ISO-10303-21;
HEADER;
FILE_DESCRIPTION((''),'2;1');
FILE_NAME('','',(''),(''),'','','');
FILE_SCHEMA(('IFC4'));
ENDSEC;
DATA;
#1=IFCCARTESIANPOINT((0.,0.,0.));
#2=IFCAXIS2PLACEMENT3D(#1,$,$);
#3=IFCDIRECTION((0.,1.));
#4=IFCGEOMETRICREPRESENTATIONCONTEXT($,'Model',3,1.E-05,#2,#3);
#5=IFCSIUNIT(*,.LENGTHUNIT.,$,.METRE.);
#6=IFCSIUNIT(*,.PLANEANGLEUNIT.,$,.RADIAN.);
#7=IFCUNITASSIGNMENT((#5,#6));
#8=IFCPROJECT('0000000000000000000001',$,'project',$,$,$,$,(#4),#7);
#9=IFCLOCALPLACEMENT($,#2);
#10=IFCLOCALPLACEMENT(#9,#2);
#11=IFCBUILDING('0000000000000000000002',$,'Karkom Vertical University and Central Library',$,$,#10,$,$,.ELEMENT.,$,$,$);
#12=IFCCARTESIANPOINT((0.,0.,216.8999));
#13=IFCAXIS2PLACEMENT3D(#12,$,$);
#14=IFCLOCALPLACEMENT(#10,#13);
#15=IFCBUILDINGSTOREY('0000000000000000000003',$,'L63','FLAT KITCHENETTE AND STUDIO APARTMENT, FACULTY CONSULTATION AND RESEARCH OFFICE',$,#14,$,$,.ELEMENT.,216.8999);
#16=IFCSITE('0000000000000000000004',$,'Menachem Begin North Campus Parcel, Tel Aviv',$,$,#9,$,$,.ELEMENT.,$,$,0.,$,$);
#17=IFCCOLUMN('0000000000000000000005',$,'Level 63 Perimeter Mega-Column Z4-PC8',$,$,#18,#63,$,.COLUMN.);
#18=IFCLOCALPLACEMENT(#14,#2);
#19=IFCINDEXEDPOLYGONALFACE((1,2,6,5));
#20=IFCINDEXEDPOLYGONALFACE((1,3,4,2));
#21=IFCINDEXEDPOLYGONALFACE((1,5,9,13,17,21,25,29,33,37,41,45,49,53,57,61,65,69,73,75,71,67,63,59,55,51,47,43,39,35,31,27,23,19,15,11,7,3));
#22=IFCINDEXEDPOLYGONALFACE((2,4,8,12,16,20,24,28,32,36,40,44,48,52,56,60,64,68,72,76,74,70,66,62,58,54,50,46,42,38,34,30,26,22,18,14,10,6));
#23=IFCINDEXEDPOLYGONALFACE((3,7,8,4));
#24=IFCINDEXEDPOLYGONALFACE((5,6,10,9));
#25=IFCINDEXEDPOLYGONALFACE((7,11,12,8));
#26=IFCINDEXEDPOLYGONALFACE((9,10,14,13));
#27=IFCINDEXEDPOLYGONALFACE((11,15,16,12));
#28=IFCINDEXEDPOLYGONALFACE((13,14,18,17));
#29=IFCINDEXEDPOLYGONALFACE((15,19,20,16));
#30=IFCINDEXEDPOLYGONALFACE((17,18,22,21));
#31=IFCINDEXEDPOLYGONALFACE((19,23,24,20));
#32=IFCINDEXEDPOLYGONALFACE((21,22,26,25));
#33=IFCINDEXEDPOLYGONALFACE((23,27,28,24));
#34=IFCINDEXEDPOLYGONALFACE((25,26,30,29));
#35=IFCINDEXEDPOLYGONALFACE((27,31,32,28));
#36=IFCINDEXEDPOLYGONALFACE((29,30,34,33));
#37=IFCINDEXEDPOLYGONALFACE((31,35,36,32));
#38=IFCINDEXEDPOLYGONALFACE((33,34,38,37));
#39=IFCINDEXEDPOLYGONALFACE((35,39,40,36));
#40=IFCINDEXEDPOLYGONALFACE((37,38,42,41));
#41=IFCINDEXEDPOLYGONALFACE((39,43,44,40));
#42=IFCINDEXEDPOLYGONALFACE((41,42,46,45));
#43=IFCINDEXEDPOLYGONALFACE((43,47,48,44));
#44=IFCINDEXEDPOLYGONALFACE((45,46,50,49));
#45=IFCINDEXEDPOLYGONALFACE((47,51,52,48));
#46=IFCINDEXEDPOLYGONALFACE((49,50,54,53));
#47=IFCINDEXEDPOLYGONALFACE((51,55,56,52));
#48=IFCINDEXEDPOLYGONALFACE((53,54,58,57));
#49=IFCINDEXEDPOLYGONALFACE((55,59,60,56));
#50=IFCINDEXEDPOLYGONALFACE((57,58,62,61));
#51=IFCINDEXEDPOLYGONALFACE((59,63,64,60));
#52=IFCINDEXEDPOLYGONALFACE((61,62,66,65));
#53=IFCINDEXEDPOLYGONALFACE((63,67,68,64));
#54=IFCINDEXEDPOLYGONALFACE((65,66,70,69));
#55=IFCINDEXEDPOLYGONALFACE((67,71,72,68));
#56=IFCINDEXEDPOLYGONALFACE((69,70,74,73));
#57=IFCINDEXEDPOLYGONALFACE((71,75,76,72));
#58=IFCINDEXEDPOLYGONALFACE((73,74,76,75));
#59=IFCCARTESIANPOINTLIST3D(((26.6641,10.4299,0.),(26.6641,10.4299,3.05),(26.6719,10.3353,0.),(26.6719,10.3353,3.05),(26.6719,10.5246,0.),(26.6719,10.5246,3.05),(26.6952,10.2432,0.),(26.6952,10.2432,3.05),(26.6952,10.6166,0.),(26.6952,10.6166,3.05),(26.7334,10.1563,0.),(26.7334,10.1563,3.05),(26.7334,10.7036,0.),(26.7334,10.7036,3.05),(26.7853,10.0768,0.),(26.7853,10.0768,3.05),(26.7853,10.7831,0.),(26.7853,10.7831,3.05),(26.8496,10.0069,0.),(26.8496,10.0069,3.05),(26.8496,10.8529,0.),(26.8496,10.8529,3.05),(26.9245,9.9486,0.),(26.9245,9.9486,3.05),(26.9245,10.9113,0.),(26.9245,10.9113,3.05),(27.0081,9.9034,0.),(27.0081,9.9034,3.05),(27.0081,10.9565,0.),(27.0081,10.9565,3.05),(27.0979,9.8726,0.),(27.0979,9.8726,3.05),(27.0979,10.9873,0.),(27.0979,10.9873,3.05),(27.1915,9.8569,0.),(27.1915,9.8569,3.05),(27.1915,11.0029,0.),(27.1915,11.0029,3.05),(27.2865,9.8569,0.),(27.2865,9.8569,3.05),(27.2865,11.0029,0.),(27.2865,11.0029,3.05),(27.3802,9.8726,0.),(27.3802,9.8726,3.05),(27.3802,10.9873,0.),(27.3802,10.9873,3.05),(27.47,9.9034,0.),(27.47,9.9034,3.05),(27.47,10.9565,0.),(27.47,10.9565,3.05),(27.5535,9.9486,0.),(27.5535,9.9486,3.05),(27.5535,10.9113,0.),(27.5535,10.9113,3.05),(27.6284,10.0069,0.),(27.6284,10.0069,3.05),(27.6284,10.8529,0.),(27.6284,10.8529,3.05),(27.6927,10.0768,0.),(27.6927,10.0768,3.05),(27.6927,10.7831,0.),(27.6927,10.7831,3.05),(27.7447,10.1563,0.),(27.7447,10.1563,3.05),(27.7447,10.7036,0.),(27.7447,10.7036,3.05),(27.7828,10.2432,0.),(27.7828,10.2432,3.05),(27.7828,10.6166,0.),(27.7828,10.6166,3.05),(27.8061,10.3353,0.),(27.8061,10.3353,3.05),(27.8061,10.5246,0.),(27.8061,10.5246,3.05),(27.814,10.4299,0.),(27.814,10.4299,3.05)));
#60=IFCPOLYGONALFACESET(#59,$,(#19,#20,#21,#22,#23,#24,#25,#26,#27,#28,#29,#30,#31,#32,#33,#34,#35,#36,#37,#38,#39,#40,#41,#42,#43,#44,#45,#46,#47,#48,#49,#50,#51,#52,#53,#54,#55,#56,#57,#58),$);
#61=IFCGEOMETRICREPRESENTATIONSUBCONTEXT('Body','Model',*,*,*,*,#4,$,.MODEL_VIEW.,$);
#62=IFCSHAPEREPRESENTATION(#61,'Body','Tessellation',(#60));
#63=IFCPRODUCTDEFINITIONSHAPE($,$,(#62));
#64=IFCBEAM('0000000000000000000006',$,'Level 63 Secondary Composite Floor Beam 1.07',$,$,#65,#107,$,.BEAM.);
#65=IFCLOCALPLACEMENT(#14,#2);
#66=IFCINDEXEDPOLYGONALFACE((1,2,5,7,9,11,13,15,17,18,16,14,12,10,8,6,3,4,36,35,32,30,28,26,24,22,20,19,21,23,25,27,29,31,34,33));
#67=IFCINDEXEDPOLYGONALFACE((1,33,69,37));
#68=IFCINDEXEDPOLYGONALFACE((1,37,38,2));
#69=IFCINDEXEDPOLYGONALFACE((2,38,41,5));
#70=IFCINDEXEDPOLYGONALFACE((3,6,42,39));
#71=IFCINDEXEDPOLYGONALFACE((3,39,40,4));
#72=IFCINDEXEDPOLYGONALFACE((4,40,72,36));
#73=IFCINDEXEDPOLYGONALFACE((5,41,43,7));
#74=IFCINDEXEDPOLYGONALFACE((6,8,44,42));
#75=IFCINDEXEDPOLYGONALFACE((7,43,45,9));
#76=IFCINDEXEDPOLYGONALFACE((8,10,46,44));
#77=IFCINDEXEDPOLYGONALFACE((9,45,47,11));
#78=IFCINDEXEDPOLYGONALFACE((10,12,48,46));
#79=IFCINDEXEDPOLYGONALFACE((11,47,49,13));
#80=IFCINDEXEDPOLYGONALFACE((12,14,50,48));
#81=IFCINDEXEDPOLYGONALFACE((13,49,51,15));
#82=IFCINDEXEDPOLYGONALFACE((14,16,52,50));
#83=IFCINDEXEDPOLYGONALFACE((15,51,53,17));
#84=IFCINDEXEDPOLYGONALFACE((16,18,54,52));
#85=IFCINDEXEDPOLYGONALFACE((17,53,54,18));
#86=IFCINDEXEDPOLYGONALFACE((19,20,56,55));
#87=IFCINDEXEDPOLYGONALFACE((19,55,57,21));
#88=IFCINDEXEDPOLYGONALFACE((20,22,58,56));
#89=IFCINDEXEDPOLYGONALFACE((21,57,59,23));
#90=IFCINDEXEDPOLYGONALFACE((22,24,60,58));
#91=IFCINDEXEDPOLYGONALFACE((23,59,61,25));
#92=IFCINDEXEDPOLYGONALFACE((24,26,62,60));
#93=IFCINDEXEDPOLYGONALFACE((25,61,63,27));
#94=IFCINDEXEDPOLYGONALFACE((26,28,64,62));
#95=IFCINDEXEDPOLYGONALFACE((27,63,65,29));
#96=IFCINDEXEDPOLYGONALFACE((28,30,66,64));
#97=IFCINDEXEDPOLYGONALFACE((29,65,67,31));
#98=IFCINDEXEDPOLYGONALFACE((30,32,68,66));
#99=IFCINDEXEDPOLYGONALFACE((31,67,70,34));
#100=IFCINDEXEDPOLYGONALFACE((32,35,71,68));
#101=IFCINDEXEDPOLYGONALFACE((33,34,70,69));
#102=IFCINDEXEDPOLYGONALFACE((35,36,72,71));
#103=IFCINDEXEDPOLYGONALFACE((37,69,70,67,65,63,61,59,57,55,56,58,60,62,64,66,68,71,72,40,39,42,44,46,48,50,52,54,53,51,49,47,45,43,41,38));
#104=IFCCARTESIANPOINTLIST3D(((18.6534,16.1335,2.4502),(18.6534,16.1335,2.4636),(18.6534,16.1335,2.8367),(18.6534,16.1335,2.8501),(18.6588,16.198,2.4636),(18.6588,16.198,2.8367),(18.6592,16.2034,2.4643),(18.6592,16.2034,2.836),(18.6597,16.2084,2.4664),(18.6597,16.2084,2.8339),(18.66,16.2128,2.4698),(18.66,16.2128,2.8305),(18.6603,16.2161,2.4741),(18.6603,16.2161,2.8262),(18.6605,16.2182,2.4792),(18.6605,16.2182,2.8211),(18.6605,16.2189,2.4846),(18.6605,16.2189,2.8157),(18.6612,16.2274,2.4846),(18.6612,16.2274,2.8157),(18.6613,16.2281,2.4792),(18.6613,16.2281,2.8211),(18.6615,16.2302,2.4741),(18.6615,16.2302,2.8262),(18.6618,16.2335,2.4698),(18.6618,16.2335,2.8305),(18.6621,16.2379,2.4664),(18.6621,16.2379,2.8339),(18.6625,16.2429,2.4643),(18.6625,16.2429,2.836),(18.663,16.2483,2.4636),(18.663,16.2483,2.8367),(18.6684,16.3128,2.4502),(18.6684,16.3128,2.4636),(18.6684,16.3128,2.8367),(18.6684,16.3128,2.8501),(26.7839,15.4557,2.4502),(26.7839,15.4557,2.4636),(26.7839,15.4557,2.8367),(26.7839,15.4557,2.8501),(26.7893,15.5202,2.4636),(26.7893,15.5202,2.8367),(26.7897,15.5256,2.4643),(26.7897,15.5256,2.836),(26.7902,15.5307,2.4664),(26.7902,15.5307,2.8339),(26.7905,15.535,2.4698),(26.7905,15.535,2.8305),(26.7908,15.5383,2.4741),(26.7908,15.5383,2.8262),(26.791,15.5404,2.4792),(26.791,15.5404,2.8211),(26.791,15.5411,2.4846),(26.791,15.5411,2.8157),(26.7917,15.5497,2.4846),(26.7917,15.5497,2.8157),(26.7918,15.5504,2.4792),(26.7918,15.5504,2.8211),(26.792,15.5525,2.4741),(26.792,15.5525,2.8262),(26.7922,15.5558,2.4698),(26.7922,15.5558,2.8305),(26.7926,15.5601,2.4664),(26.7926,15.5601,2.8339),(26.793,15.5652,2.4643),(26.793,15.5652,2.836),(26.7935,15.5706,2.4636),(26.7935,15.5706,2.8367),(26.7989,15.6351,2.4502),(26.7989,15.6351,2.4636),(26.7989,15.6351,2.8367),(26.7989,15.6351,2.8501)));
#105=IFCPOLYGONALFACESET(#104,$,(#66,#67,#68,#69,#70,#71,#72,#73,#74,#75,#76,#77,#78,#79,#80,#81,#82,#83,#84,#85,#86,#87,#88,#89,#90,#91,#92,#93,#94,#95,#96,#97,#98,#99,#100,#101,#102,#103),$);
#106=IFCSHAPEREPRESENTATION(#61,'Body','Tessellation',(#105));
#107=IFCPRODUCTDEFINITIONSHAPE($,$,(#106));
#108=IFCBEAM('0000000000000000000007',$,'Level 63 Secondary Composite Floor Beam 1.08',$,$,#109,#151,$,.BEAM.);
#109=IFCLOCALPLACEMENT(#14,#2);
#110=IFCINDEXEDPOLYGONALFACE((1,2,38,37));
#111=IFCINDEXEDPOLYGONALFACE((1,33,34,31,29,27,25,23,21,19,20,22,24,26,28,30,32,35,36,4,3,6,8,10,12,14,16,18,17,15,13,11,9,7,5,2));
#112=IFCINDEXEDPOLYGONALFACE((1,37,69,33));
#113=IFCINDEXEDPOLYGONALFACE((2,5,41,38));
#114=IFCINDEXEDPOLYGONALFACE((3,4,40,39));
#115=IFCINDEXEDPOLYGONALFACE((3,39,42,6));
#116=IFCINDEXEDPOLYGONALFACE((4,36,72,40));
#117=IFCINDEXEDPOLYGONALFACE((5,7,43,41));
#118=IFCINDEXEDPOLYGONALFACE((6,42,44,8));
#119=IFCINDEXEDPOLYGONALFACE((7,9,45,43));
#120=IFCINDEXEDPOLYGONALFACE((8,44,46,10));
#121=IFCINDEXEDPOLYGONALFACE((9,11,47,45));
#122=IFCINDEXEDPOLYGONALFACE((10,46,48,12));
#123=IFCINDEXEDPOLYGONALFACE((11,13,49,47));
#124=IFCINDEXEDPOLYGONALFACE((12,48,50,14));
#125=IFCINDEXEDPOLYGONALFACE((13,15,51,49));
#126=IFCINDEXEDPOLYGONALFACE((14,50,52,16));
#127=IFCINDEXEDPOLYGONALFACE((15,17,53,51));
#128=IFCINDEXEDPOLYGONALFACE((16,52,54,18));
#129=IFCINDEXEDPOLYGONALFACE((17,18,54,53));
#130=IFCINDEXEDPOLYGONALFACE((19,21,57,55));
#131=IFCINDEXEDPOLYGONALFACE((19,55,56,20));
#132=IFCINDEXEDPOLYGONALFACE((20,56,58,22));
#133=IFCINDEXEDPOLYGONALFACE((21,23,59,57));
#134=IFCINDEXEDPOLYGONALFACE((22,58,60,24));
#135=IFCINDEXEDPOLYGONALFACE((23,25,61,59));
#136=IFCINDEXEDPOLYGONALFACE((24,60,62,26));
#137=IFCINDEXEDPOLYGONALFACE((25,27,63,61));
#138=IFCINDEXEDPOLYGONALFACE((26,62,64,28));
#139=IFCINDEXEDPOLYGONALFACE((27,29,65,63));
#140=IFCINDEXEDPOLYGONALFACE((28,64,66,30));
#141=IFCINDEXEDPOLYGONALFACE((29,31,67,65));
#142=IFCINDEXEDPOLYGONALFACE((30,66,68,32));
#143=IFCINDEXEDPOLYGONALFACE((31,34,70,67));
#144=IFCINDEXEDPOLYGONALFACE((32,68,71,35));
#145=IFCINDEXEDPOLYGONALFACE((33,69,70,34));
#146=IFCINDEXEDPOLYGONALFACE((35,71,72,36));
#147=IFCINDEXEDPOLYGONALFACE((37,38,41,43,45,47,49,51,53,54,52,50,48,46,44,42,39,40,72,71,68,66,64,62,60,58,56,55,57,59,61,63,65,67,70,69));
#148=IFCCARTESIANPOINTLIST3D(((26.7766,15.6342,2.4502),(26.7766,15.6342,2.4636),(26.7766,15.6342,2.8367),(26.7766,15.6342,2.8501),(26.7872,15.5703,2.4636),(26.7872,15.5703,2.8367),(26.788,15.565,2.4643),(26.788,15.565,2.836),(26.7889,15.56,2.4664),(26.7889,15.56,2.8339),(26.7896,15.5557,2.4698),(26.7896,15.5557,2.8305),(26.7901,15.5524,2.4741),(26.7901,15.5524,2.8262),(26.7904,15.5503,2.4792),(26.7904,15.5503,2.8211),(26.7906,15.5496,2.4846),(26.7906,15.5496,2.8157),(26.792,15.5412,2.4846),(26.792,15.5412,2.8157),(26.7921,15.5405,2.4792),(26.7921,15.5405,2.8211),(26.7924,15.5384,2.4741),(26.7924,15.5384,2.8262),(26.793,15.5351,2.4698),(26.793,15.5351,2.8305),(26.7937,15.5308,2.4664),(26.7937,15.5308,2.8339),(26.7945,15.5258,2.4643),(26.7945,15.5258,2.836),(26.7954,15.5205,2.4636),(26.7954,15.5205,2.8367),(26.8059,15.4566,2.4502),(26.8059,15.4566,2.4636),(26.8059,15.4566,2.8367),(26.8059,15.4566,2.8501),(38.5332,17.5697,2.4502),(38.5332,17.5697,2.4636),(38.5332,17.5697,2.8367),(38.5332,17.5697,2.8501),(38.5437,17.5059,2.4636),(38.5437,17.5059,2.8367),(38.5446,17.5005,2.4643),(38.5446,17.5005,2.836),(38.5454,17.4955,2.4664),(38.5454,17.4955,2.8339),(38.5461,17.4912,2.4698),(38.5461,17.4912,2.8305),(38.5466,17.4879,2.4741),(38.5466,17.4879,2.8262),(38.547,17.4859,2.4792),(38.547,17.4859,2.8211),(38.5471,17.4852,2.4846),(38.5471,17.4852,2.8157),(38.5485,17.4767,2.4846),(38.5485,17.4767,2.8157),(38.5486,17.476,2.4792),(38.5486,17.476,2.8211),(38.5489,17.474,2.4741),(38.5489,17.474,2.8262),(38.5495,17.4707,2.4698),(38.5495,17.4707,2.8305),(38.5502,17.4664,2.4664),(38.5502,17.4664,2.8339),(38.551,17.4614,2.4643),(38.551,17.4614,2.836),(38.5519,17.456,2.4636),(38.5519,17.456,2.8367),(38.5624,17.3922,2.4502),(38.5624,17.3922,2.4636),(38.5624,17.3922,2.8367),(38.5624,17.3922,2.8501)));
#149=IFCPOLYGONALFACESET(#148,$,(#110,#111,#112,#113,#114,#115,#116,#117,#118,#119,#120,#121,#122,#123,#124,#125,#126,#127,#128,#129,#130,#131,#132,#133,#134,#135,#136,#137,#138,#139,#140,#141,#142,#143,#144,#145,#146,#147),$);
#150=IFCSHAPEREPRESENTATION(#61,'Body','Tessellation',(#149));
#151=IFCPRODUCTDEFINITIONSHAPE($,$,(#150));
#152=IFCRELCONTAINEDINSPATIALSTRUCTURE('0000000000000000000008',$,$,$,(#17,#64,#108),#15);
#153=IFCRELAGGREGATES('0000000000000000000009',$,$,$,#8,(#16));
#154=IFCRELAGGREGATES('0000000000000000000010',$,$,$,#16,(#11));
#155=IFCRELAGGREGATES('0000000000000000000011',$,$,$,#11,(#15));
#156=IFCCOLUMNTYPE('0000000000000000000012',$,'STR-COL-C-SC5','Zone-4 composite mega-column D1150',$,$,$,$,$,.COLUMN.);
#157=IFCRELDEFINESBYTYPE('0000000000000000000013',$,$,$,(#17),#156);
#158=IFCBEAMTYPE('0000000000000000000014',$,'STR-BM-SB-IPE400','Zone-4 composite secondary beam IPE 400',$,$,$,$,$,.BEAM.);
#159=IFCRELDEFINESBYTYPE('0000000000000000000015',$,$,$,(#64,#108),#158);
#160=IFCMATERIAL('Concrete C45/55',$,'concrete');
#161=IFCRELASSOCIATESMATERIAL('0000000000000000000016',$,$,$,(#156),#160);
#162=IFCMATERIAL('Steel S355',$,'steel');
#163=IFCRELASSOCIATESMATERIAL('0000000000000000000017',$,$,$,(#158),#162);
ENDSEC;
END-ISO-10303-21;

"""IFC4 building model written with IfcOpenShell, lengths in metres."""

from ifc_helpers import new_model, si_unit, direction, frame, origin, origin_with_axes, origin_2d, place, context, subcontext, project, spatial, circle, i_section, extrude, source, transform, mapped, material, material_profile, profile_set, type_object, element, save


model = new_model("IFC4")

# Units and contexts
model_context = context("Model", 3, precision=1e-05, world=origin(), true_north=direction((0.0, 1.0)))
body_context = subcontext(model_context, "Body", "Model", "MODEL_VIEW")
ifc_project = project(units=[si_unit("LENGTHUNIT", "METRE"), si_unit("PLANEANGLEUNIT", "RADIAN")], contexts=[model_context])

# Site, building, storey
site_placement = place(None, origin())
site = spatial("IfcSite", under=ifc_project, at=site_placement, Name="Menachem Begin North Campus Parcel, Tel Aviv", CompositionType="ELEMENT", RefElevation=0.0)
building_placement = place(site_placement, origin())
building = spatial("IfcBuilding", under=site, at=building_placement, Name="Karkom Vertical University and Central Library", CompositionType="ELEMENT")
storey_placement = place(building_placement, frame((0.0, 0.0, 216.8999)))
storey = spatial("IfcBuildingStorey", under=building, at=storey_placement, Name="L63", Description="FLAT KITCHENETTE AND STUDIO APARTMENT, FACULTY CONSULTATION AND RESEARCH OFFICE", CompositionType="ELEMENT", Elevation=216.8999)

# Column
ifc_material_1 = material(Name="Concrete C45/55", Category="concrete")
ifc_material_profile_1 = material_profile(ifc_material_1, circle(Radius=0.575, at=origin_2d()), Name="CFT-D1150")
ifc_profile_set_1 = profile_set([ifc_material_profile_1], Name="Concrete C45/55")
column_type = type_object("IfcColumnType", Name="STR-COL-C-SC5", Description="Zone-4 composite mega-column D1150", PredefinedType="COLUMN", material=ifc_profile_set_1)
shared_shape_1 = source(origin_with_axes(), body_context, "Body", "SweptSolid", [
    extrude(circle(Radius=0.575, at=origin_2d()), origin(), (0.0, 0.0, 1.0), 3.05),
])
column_placement = place(storey_placement, frame((27.239, 10.4299, 0.0), z_axis=(0.0, 0.0, 1.0), x_axis=(1.0, 0.0, 0.0)))
element("IfcColumn", 1, at=column_placement, inside=storey, type_object=column_type, Name="Level 63 Perimeter Mega-Column Z4-PC8", PredefinedType="COLUMN", context=body_context, shape_type="MappedRepresentation", body=[
    mapped(shared_shape_1, transform((0.0, 0.0, 0.0), scale=1.0)),
])

# Beams
ifc_material_2 = material(Name="Steel S355", Category="steel")
ifc_material_profile_2 = material_profile(ifc_material_2, i_section(OverallWidth=0.1799, OverallDepth=0.3999, WebThickness=0.0085, FlangeThickness=0.0134, FilletRadius=0.021, at=origin_2d()), Name="IPE 400")
ifc_profile_set_2 = profile_set([ifc_material_profile_2], Name="Steel S355")
beam_type_1 = type_object("IfcBeamType", Name="STR-BM-SB-IPE400", Description="Zone-4 composite secondary beam IPE 400", PredefinedType="BEAM", material=ifc_profile_set_2)
shared_shape_2 = source(origin_with_axes(), body_context, "Body", "SweptSolid", [
    extrude(i_section(OverallWidth=0.1799, OverallDepth=0.3999, WebThickness=0.0085, FlangeThickness=0.0134, FilletRadius=0.021, at=origin_2d()), origin(), (0.0, 0.0, 1.0), 8.1587),
])
beam_1_placement = place(storey_placement, frame((18.6609, 16.2231, 2.6501), z_axis=(0.996544, -0.08307, 0.0), x_axis=(0.08307, 0.996544, 0.0)))
element("IfcBeam", 2, at=beam_1_placement, inside=storey, type_object=beam_type_1, Name="Level 63 Secondary Composite Floor Beam 1.07", PredefinedType="BEAM", context=body_context, shape_type="MappedRepresentation", body=[
    mapped(shared_shape_2, transform((0.0, 0.0, 0.0), scale=1.0)),
])
shared_shape_3 = source(origin_with_axes(), body_context, "Body", "SweptSolid", [
    extrude(i_section(OverallWidth=0.1799, OverallDepth=0.3999, WebThickness=0.0085, FlangeThickness=0.0134, FilletRadius=0.021, at=origin_2d()), origin(), (0.0, 0.0, 1.0), 11.9148),
])
beam_2_placement = place(storey_placement, frame((26.7913, 15.5454, 2.6501), z_axis=(0.986717, 0.162448, 0.0), x_axis=(-0.162448, 0.986717, 0.0)))
element("IfcBeam", 3, at=beam_2_placement, inside=storey, type_object=beam_type_1, Name="Level 63 Secondary Composite Floor Beam 1.08", PredefinedType="BEAM", context=body_context, shape_type="MappedRepresentation", body=[
    mapped(shared_shape_3, transform((0.0, 0.0, 0.0), scale=1.0)),
])

save(model, "model.ifc")
